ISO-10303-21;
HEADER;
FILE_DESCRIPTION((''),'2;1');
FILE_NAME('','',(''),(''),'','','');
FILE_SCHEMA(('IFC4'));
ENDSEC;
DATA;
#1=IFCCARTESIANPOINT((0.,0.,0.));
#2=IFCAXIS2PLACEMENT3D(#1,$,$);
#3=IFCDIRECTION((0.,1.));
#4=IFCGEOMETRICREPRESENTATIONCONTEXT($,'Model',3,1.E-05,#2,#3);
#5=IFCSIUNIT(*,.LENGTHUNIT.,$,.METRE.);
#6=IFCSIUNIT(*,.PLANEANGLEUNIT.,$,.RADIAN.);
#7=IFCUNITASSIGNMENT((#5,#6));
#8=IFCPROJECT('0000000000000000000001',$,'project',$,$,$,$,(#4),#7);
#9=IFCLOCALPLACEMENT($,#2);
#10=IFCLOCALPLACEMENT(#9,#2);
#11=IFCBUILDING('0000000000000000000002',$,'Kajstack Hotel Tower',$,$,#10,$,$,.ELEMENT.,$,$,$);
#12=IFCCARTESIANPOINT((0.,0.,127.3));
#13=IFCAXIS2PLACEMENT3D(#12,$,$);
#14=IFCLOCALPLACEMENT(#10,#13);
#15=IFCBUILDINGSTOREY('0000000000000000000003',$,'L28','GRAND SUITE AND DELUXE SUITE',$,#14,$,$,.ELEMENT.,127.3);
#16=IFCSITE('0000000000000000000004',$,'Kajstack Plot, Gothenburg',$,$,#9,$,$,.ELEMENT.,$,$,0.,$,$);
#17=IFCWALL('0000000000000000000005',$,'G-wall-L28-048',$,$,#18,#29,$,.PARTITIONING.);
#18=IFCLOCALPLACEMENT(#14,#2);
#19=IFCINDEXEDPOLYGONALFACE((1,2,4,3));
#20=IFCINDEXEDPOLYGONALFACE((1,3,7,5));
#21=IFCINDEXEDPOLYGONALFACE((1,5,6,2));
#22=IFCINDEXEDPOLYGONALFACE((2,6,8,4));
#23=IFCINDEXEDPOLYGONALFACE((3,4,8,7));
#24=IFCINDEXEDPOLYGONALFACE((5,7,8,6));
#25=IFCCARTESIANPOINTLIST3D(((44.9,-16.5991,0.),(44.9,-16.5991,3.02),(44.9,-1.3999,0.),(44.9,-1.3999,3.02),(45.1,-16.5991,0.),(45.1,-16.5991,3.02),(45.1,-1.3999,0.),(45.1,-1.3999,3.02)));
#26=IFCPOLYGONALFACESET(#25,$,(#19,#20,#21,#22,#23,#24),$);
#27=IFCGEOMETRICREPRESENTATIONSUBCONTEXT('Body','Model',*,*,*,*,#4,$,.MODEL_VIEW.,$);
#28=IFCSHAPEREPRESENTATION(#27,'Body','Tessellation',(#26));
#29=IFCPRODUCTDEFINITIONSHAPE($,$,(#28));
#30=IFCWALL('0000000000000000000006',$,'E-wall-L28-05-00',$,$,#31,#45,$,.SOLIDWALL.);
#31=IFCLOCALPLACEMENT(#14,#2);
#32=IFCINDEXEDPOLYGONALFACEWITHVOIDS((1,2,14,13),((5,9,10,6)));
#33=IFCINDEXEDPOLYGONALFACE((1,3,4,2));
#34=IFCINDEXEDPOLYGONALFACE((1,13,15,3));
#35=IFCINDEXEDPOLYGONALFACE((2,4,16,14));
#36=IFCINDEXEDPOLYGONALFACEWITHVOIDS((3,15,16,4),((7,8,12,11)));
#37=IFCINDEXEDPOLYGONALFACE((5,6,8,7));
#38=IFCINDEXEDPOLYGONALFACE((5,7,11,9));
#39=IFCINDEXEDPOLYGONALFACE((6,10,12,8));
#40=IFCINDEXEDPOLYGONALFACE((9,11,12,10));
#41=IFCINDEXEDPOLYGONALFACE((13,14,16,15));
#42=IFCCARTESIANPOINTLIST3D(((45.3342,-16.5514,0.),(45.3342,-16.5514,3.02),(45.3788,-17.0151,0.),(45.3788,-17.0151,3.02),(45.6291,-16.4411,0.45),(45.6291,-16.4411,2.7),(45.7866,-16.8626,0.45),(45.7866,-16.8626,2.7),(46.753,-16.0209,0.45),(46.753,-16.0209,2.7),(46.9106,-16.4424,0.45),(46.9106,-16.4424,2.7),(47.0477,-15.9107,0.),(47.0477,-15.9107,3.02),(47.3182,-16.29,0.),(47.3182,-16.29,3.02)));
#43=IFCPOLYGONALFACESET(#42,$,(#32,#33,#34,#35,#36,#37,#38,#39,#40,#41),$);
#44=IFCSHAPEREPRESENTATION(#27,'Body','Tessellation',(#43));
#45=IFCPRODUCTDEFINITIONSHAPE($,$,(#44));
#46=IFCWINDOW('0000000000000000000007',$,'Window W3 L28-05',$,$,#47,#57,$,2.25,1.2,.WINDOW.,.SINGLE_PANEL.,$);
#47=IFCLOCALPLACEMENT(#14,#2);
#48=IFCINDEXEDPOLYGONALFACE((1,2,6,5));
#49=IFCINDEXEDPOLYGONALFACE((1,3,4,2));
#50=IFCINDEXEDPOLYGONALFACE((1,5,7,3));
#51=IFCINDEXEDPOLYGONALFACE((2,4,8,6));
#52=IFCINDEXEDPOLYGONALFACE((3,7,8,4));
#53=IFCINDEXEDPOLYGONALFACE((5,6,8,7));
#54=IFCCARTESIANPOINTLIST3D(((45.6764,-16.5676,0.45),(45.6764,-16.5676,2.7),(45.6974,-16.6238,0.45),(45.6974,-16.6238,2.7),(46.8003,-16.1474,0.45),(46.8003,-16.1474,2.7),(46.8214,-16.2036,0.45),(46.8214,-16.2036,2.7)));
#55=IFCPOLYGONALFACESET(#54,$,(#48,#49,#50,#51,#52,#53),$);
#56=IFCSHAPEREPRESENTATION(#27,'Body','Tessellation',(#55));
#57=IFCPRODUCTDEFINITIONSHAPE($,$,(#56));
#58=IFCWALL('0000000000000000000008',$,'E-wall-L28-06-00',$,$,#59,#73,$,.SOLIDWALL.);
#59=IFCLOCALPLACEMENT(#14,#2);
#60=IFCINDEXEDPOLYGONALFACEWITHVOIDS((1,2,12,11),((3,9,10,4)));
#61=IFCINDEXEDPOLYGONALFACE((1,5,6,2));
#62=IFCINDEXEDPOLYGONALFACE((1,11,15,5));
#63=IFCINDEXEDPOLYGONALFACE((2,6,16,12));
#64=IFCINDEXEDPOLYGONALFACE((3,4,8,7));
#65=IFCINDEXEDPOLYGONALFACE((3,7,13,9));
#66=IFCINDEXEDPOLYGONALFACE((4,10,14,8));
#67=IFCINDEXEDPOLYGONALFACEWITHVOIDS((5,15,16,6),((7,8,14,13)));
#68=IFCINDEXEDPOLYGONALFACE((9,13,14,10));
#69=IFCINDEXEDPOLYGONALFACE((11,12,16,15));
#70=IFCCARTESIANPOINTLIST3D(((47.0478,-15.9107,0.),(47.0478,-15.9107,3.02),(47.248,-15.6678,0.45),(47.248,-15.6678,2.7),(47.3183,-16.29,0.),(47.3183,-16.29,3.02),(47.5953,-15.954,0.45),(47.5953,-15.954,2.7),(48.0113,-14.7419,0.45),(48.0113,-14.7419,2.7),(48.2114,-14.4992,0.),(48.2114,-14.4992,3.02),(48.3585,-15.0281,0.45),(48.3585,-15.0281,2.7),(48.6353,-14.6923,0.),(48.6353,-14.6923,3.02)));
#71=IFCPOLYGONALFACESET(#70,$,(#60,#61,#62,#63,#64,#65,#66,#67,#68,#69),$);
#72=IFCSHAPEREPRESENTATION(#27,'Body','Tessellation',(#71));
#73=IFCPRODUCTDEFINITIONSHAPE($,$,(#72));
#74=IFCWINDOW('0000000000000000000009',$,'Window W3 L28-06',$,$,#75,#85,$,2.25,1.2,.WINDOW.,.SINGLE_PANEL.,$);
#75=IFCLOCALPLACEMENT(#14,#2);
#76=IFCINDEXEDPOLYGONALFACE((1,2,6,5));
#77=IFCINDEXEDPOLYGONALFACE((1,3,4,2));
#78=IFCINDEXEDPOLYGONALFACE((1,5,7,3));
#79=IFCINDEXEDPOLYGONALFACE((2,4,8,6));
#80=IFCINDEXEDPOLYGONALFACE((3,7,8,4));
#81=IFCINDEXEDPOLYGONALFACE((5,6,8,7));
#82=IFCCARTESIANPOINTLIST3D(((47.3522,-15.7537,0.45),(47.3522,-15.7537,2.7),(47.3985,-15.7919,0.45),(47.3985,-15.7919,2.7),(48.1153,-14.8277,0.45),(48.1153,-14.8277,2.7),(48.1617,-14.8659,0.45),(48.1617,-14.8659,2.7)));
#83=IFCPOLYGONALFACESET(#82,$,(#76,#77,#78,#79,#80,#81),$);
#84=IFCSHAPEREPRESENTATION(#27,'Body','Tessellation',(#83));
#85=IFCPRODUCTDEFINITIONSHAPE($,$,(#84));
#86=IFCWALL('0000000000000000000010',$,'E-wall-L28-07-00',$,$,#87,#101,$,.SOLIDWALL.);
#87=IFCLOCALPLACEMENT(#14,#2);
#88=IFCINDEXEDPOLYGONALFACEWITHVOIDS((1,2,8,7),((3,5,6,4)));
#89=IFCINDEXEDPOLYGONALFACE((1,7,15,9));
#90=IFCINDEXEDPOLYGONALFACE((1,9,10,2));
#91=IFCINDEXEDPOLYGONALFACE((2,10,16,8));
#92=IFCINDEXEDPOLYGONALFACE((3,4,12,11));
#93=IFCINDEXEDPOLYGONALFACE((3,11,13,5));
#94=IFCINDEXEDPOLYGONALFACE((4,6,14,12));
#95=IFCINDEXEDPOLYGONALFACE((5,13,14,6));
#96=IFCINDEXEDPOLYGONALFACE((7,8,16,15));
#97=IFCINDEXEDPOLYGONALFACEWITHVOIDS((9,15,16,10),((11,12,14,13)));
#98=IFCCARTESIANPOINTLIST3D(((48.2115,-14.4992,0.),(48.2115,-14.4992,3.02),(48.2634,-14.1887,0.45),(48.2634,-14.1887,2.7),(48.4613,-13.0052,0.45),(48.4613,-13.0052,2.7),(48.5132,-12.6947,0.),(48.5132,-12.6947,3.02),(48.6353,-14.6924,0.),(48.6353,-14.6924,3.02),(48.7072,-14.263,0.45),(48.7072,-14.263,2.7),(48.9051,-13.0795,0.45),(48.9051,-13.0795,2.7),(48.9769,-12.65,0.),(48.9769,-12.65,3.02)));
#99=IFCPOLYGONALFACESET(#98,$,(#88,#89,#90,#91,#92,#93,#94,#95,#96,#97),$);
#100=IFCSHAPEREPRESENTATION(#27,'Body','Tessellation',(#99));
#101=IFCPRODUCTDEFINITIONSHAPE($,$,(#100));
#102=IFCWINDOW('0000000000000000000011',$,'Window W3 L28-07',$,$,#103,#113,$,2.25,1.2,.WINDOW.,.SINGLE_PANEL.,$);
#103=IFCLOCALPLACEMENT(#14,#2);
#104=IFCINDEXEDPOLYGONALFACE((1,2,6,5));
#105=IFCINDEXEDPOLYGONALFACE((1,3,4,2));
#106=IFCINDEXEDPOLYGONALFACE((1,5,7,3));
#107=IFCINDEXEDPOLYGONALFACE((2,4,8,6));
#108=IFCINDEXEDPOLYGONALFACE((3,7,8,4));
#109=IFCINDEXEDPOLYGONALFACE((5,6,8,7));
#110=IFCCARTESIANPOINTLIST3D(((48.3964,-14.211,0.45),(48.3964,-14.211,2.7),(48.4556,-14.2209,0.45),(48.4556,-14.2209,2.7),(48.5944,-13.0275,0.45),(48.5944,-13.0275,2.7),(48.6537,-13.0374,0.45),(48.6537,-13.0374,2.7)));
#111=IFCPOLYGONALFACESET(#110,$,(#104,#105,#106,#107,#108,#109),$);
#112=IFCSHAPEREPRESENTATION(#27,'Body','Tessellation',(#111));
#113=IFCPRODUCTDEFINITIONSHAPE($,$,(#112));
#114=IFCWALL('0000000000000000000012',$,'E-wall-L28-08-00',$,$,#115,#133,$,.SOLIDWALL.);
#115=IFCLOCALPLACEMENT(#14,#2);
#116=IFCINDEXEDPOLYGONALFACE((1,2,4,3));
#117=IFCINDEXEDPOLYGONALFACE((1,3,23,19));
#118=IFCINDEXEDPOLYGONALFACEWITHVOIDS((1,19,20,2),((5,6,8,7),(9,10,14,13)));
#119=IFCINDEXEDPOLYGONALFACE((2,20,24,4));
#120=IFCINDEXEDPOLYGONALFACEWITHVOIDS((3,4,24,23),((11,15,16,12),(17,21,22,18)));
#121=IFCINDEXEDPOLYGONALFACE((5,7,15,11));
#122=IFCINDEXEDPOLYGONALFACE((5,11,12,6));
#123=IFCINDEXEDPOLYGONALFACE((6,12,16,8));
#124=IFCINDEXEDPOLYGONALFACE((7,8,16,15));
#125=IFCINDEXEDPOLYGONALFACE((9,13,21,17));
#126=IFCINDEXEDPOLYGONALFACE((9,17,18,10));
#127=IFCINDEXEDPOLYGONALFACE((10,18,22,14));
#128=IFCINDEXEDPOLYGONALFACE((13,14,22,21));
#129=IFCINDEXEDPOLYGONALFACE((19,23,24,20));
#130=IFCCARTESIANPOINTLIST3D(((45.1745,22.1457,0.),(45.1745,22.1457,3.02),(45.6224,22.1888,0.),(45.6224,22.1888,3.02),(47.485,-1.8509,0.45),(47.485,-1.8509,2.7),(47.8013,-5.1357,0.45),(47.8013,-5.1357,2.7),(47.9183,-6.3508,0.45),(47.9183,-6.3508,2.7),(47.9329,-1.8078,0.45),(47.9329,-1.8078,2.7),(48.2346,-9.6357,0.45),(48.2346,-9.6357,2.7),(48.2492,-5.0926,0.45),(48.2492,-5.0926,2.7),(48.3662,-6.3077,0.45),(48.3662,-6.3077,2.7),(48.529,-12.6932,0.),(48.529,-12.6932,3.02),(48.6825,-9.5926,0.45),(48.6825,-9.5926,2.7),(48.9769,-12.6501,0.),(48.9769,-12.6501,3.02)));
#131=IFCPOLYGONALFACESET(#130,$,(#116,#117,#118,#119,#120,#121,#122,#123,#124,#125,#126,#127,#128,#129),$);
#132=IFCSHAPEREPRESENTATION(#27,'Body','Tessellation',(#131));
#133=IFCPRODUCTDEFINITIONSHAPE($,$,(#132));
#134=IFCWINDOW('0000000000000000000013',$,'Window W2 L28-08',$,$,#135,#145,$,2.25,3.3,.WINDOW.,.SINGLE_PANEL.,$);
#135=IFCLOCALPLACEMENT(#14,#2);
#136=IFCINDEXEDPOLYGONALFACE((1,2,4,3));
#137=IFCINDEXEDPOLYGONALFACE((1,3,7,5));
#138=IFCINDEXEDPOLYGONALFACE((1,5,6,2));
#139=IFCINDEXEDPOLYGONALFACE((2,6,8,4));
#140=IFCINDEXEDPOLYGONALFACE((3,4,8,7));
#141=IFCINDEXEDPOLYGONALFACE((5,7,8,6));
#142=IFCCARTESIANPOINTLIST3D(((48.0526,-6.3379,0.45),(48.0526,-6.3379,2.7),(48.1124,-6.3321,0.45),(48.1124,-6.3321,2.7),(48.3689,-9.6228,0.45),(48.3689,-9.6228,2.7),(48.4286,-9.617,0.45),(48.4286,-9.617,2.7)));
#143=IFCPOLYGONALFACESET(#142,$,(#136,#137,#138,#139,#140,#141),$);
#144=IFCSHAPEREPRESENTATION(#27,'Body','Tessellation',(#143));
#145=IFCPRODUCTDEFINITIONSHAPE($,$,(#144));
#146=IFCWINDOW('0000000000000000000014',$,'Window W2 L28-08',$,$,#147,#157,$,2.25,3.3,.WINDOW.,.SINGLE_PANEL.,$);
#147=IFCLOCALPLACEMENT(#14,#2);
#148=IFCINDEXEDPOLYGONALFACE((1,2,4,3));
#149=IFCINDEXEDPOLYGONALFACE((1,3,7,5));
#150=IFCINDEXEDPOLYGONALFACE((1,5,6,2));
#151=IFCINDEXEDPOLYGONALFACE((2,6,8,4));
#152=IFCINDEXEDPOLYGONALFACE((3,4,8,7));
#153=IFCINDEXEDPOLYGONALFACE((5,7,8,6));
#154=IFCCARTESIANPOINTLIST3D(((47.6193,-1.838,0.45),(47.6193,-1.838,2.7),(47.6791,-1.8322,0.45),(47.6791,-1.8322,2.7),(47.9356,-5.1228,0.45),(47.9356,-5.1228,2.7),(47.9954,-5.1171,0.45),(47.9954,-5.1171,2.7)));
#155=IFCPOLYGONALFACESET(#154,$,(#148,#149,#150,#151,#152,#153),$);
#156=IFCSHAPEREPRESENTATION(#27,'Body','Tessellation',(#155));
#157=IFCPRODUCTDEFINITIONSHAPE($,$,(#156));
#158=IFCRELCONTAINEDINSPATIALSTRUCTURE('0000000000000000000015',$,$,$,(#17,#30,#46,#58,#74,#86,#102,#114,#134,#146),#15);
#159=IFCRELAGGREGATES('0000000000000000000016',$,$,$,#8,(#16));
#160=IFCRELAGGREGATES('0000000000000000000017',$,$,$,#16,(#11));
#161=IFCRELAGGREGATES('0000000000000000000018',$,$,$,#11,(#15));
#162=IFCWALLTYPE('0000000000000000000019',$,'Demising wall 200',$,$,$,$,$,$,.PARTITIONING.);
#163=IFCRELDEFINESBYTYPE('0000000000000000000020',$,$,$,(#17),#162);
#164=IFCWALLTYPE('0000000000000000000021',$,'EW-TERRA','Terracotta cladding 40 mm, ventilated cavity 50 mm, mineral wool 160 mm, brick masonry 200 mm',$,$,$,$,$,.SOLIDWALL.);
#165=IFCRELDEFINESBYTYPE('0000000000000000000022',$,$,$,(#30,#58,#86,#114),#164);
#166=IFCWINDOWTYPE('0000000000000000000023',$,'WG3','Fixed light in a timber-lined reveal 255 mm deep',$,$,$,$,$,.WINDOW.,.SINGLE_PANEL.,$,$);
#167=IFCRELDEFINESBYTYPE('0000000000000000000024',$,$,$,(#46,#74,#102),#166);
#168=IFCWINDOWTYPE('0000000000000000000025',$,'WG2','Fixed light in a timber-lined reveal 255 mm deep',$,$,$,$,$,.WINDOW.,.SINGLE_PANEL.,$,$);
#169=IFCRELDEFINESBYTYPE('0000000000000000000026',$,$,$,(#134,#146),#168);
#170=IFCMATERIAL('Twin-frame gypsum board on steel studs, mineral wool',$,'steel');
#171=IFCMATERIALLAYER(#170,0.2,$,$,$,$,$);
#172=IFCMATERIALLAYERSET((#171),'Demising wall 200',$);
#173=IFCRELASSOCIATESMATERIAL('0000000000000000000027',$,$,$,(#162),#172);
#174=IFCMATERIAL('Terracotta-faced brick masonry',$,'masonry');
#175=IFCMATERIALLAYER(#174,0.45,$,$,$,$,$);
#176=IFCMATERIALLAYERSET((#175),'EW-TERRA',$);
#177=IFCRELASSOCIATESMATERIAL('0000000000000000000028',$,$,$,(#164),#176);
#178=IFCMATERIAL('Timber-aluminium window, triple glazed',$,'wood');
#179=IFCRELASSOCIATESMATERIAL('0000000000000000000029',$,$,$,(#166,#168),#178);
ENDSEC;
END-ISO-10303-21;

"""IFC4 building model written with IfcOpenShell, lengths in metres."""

from ifc_helpers import new_model, si_unit, direction, frame, frame_2d, origin, place, context, subcontext, project, spatial, polyline, rectangle, outline, extrude, material, layer, layer_set, type_object, element, fill, save


model = new_model("IFC4")

# Units and contexts
model_context = context("Model", 3, precision=1e-05, world=origin(), true_north=direction((0.0, 1.0)))
body_context = subcontext(model_context, "Body", "Model", "MODEL_VIEW")
ifc_project = project(units=[si_unit("LENGTHUNIT", "METRE"), si_unit("PLANEANGLEUNIT", "RADIAN")], contexts=[model_context])

# Site, building, storey
site_placement = place(None, origin())
site = spatial("IfcSite", under=ifc_project, at=site_placement, Name="Kajstack Plot, Gothenburg", CompositionType="ELEMENT", RefElevation=0.0)
building_placement = place(site_placement, origin())
building = spatial("IfcBuilding", under=site, at=building_placement, Name="Kajstack Hotel Tower", CompositionType="ELEMENT")
storey_placement = place(building_placement, frame((0.0, 0.0, 127.3)))
storey = spatial("IfcBuildingStorey", under=building, at=storey_placement, Name="L28", Description="GRAND SUITE AND DELUXE SUITE", CompositionType="ELEMENT", Elevation=127.3)

# Wall
ifc_material_1 = material(Name="Twin-frame gypsum board on steel studs, mineral wool", Category="steel")
ifc_layer_1 = layer(ifc_material_1, 0.2)
ifc_layer_set_1 = layer_set([ifc_layer_1], Name="Demising wall 200")
wall_type_1 = type_object("IfcWallType", Name="Demising wall 200", PredefinedType="PARTITIONING", material=ifc_layer_set_1)
wall_1_placement = place(storey_placement, frame((45.0, -16.5991, 0.0), z_axis=(0.0, 0.0, 1.0), x_axis=(0.0, 1.0, 0.0)))
element("IfcWall", 1, at=wall_1_placement, inside=storey, type_object=wall_type_1, Name="G-wall-L28-048", PredefinedType="PARTITIONING", context=body_context, shape_type="SweptSolid", body=[
    extrude(rectangle(XDim=15.1992, YDim=0.2, at=frame_2d((7.5996, 0.0))), origin(), (0.0, 0.0, 1.0), 3.02),
])

# Walls, openings, windows
ifc_material_2 = material(Name="Terracotta-faced brick masonry", Category="masonry")
ifc_layer_2 = layer(ifc_material_2, 0.45)
ifc_layer_set_2 = layer_set([ifc_layer_2], Name="EW-TERRA")
wall_type_2 = type_object("IfcWallType", Name="EW-TERRA", Description="Terracotta cladding 40 mm, ventilated cavity 50 mm, mineral wool 160 mm, brick masonry 200 mm", PredefinedType="SOLIDWALL", material=ifc_layer_set_2)
wall_2_placement = place(storey_placement, frame((45.3, -16.8044, 0.0), z_axis=(0.0, 0.0, 1.0), x_axis=(0.936678, 0.350193, 0.0)))
wall_2 = element("IfcWall", 2, at=wall_2_placement, inside=storey, type_object=wall_type_2, Name="E-wall-L28-05-00", PredefinedType="SOLIDWALL", context=body_context, shape_type="SweptSolid", body=[
    extrude(outline(polyline([(0.0, -0.2249), (2.0706, -0.2249), (1.95, 0.2251), (0.1206, 0.2251), (0.0, -0.2249)])), origin(), (0.0, 0.0, 1.0), 3.02),
])
opening_1_placement = place(wall_2_placement, frame((0.4353, 0.0, 0.45)))
opening_1 = element("IfcOpeningElement", 3, at=opening_1_placement, cuts=wall_2, PredefinedType="OPENING", context=body_context, shape_type="SweptSolid", body=[
    extrude(rectangle(XDim=1.2, YDim=2.25, at=frame_2d((0.6001, 1.125))), frame((0.0, 0.2349, 0.0), z_axis=(0.0, -1.0, 0.0), x_axis=(1.0, 0.0, 0.0)), (0.0, 0.0, 1.0), 0.47),
])
ifc_material_3 = material(Name="Timber-aluminium window, triple glazed", Category="wood")
window_type_1 = type_object("IfcWindowType", Name="WG3", Description="Fixed light in a timber-lined reveal 255 mm deep", PartitioningType="SINGLE_PANEL", PredefinedType="WINDOW", material=ifc_material_3)
window_1_placement = place(opening_1_placement, origin())
window_1 = element("IfcWindow", 4, at=window_1_placement, inside=storey, type_object=window_type_1, Name="Window W3 L28-05", OverallHeight=2.25, OverallWidth=1.2, PartitioningType="SINGLE_PANEL", PredefinedType="WINDOW", context=body_context, shape_type="SweptSolid", body=[
    extrude(rectangle(XDim=1.2, YDim=2.25, at=frame_2d((0.6001, 1.125))), frame((0.0, 0.0901, 0.0), z_axis=(0.0, -1.0, 0.0), x_axis=(1.0, 0.0, 0.0)), (0.0, 0.0, 1.0), 0.0601),
])
fill(opening_1, window_1)
wall_3_placement = place(storey_placement, frame((47.1448, -16.147, 0.0), z_axis=(0.0, 0.0, 1.0), x_axis=(0.635988, 0.771699, 0.0)))
wall_3 = element("IfcWall", 5, at=wall_3_placement, inside=storey, type_object=wall_type_2, Name="E-wall-L28-06-00", PredefinedType="SOLIDWALL", context=body_context, shape_type="SweptSolid", body=[
    extrude(outline(polyline([(0.0, -0.2249), (2.0706, -0.2251), (1.95, 0.2249), (0.1206, 0.2251), (0.0, -0.2249)])), origin(), (0.0, 0.0, 1.0), 3.02),
])
opening_2_placement = place(wall_3_placement, frame((0.4353, 0.0, 0.45)))
opening_2 = element("IfcOpeningElement", 6, at=opening_2_placement, cuts=wall_3, PredefinedType="OPENING", context=body_context, shape_type="SweptSolid", body=[
    extrude(rectangle(XDim=1.2, YDim=2.25, at=frame_2d((0.6001, 1.125))), frame((0.0, 0.2349, 0.0), z_axis=(0.0, -1.0, 0.0), x_axis=(1.0, 0.0, 0.0)), (0.0, 0.0, 1.0), 0.47),
])
window_2_placement = place(opening_2_placement, origin())
window_2 = element("IfcWindow", 7, at=window_2_placement, inside=storey, type_object=window_type_1, Name="Window W3 L28-06", OverallHeight=2.25, OverallWidth=1.2, PartitioningType="SINGLE_PANEL", PredefinedType="WINDOW", context=body_context, shape_type="SweptSolid", body=[
    extrude(rectangle(XDim=1.2, YDim=2.25, at=frame_2d((0.6001, 1.125))), frame((0.0, 0.0901, 0.0), z_axis=(0.0, -1.0, 0.0), x_axis=(1.0, 0.0, 0.0)), (0.0, 0.0, 1.0), 0.0601),
])
fill(opening_2, window_2)
wall_4_placement = place(storey_placement, frame((48.4133, -14.6553, 0.0), z_axis=(0.0, 0.0, 1.0), x_axis=(0.165068, 0.986282, 0.0)))
wall_4 = element("IfcWall", 8, at=wall_4_placement, inside=storey, type_object=wall_type_2, Name="E-wall-L28-07-00", PredefinedType="SOLIDWALL", context=body_context, shape_type="SweptSolid", body=[
    extrude(outline(polyline([(0.0, -0.2251), (2.0708, -0.2249), (1.9502, 0.2251), (0.1206, 0.2249), (0.0, -0.2251)])), origin(), (0.0, 0.0, 1.0), 3.02),
])
opening_3_placement = place(wall_4_placement, frame((0.4353, 0.0, 0.45)))
opening_3 = element("IfcOpeningElement", 9, at=opening_3_placement, cuts=wall_4, PredefinedType="OPENING", context=body_context, shape_type="SweptSolid", body=[
    extrude(rectangle(XDim=1.2, YDim=2.25, at=frame_2d((0.6001, 1.125))), frame((0.0, 0.2349, 0.0), z_axis=(0.0, -1.0, 0.0), x_axis=(1.0, 0.0, 0.0)), (0.0, 0.0, 1.0), 0.47),
])
window_3_placement = place(opening_3_placement, origin())
window_3 = element("IfcWindow", 10, at=window_3_placement, inside=storey, type_object=window_type_1, Name="Window W3 L28-07", OverallHeight=2.25, OverallWidth=1.2, PartitioningType="SINGLE_PANEL", PredefinedType="WINDOW", context=body_context, shape_type="SweptSolid", body=[
    extrude(rectangle(XDim=1.2, YDim=2.25, at=frame_2d((0.6001, 1.125))), frame((0.0, 0.0901, 0.0), z_axis=(0.0, -1.0, 0.0), x_axis=(1.0, 0.0, 0.0)), (0.0, 0.0, 1.0), 0.0601),
])
fill(opening_3, window_3)

# Wall, openings, windows
wall_5_placement = place(storey_placement, frame((48.7529, -12.6716, 0.0), z_axis=(0.0, 0.0, 1.0), x_axis=(-0.095843, 0.995396, 0.0)))
wall_5 = element("IfcWall", 11, at=wall_5_placement, inside=storey, type_object=wall_type_2, Name="E-wall-L28-08-00", PredefinedType="SOLIDWALL", context=body_context, shape_type="SweptSolid", body=[
    extrude(rectangle(XDim=35.0, YDim=0.45, at=frame_2d((17.5, 0.0))), origin(), (0.0, 0.0, 1.0), 3.02),
])
opening_4_placement = place(wall_5_placement, frame((3.0718, 0.0, 0.45)))
opening_4 = element("IfcOpeningElement", 12, at=opening_4_placement, cuts=wall_5, PredefinedType="OPENING", context=body_context, shape_type="SweptSolid", body=[
    extrude(rectangle(XDim=3.3, YDim=2.25, at=frame_2d((1.6499, 1.125))), frame((0.0, 0.2349, 0.0), z_axis=(0.0, -1.0, 0.0), x_axis=(1.0, 0.0, 0.0)), (0.0, 0.0, 1.0), 0.47),
])
opening_5_placement = place(wall_5_placement, frame((7.5925, 0.0, 0.45)))
opening_5 = element("IfcOpeningElement", 13, at=opening_5_placement, cuts=wall_5, PredefinedType="OPENING", context=body_context, shape_type="SweptSolid", body=[
    extrude(rectangle(XDim=3.3, YDim=2.25, at=frame_2d((1.6499, 1.125))), frame((0.0, 0.2349, 0.0), z_axis=(0.0, -1.0, 0.0), x_axis=(1.0, 0.0, 0.0)), (0.0, 0.0, 1.0), 0.47),
])
window_type_2 = type_object("IfcWindowType", Name="WG2", Description="Fixed light in a timber-lined reveal 255 mm deep", PartitioningType="SINGLE_PANEL", PredefinedType="WINDOW", material=ifc_material_3)
window_4_placement = place(opening_4_placement, origin())
window_4 = element("IfcWindow", 14, at=window_4_placement, inside=storey, type_object=window_type_2, Name="Window W2 L28-08", OverallHeight=2.25, OverallWidth=3.3, PartitioningType="SINGLE_PANEL", PredefinedType="WINDOW", context=body_context, shape_type="SweptSolid", body=[
    extrude(rectangle(XDim=3.3, YDim=2.25, at=frame_2d((1.6499, 1.125))), frame((0.0, 0.0901, 0.0), z_axis=(0.0, -1.0, 0.0), x_axis=(1.0, 0.0, 0.0)), (0.0, 0.0, 1.0), 0.0601),
])
fill(opening_4, window_4)
window_5_placement = place(opening_5_placement, origin())
window_5 = element("IfcWindow", 15, at=window_5_placement, inside=storey, type_object=window_type_2, Name="Window W2 L28-08", OverallHeight=2.25, OverallWidth=3.3, PartitioningType="SINGLE_PANEL", PredefinedType="WINDOW", context=body_context, shape_type="SweptSolid", body=[
    extrude(rectangle(XDim=3.3, YDim=2.25, at=frame_2d((1.6499, 1.125))), frame((0.0, 0.0901, 0.0), z_axis=(0.0, -1.0, 0.0), x_axis=(1.0, 0.0, 0.0)), (0.0, 0.0, 1.0), 0.0601),
])
fill(opening_5, window_5)

save(model, "model.ifc")
